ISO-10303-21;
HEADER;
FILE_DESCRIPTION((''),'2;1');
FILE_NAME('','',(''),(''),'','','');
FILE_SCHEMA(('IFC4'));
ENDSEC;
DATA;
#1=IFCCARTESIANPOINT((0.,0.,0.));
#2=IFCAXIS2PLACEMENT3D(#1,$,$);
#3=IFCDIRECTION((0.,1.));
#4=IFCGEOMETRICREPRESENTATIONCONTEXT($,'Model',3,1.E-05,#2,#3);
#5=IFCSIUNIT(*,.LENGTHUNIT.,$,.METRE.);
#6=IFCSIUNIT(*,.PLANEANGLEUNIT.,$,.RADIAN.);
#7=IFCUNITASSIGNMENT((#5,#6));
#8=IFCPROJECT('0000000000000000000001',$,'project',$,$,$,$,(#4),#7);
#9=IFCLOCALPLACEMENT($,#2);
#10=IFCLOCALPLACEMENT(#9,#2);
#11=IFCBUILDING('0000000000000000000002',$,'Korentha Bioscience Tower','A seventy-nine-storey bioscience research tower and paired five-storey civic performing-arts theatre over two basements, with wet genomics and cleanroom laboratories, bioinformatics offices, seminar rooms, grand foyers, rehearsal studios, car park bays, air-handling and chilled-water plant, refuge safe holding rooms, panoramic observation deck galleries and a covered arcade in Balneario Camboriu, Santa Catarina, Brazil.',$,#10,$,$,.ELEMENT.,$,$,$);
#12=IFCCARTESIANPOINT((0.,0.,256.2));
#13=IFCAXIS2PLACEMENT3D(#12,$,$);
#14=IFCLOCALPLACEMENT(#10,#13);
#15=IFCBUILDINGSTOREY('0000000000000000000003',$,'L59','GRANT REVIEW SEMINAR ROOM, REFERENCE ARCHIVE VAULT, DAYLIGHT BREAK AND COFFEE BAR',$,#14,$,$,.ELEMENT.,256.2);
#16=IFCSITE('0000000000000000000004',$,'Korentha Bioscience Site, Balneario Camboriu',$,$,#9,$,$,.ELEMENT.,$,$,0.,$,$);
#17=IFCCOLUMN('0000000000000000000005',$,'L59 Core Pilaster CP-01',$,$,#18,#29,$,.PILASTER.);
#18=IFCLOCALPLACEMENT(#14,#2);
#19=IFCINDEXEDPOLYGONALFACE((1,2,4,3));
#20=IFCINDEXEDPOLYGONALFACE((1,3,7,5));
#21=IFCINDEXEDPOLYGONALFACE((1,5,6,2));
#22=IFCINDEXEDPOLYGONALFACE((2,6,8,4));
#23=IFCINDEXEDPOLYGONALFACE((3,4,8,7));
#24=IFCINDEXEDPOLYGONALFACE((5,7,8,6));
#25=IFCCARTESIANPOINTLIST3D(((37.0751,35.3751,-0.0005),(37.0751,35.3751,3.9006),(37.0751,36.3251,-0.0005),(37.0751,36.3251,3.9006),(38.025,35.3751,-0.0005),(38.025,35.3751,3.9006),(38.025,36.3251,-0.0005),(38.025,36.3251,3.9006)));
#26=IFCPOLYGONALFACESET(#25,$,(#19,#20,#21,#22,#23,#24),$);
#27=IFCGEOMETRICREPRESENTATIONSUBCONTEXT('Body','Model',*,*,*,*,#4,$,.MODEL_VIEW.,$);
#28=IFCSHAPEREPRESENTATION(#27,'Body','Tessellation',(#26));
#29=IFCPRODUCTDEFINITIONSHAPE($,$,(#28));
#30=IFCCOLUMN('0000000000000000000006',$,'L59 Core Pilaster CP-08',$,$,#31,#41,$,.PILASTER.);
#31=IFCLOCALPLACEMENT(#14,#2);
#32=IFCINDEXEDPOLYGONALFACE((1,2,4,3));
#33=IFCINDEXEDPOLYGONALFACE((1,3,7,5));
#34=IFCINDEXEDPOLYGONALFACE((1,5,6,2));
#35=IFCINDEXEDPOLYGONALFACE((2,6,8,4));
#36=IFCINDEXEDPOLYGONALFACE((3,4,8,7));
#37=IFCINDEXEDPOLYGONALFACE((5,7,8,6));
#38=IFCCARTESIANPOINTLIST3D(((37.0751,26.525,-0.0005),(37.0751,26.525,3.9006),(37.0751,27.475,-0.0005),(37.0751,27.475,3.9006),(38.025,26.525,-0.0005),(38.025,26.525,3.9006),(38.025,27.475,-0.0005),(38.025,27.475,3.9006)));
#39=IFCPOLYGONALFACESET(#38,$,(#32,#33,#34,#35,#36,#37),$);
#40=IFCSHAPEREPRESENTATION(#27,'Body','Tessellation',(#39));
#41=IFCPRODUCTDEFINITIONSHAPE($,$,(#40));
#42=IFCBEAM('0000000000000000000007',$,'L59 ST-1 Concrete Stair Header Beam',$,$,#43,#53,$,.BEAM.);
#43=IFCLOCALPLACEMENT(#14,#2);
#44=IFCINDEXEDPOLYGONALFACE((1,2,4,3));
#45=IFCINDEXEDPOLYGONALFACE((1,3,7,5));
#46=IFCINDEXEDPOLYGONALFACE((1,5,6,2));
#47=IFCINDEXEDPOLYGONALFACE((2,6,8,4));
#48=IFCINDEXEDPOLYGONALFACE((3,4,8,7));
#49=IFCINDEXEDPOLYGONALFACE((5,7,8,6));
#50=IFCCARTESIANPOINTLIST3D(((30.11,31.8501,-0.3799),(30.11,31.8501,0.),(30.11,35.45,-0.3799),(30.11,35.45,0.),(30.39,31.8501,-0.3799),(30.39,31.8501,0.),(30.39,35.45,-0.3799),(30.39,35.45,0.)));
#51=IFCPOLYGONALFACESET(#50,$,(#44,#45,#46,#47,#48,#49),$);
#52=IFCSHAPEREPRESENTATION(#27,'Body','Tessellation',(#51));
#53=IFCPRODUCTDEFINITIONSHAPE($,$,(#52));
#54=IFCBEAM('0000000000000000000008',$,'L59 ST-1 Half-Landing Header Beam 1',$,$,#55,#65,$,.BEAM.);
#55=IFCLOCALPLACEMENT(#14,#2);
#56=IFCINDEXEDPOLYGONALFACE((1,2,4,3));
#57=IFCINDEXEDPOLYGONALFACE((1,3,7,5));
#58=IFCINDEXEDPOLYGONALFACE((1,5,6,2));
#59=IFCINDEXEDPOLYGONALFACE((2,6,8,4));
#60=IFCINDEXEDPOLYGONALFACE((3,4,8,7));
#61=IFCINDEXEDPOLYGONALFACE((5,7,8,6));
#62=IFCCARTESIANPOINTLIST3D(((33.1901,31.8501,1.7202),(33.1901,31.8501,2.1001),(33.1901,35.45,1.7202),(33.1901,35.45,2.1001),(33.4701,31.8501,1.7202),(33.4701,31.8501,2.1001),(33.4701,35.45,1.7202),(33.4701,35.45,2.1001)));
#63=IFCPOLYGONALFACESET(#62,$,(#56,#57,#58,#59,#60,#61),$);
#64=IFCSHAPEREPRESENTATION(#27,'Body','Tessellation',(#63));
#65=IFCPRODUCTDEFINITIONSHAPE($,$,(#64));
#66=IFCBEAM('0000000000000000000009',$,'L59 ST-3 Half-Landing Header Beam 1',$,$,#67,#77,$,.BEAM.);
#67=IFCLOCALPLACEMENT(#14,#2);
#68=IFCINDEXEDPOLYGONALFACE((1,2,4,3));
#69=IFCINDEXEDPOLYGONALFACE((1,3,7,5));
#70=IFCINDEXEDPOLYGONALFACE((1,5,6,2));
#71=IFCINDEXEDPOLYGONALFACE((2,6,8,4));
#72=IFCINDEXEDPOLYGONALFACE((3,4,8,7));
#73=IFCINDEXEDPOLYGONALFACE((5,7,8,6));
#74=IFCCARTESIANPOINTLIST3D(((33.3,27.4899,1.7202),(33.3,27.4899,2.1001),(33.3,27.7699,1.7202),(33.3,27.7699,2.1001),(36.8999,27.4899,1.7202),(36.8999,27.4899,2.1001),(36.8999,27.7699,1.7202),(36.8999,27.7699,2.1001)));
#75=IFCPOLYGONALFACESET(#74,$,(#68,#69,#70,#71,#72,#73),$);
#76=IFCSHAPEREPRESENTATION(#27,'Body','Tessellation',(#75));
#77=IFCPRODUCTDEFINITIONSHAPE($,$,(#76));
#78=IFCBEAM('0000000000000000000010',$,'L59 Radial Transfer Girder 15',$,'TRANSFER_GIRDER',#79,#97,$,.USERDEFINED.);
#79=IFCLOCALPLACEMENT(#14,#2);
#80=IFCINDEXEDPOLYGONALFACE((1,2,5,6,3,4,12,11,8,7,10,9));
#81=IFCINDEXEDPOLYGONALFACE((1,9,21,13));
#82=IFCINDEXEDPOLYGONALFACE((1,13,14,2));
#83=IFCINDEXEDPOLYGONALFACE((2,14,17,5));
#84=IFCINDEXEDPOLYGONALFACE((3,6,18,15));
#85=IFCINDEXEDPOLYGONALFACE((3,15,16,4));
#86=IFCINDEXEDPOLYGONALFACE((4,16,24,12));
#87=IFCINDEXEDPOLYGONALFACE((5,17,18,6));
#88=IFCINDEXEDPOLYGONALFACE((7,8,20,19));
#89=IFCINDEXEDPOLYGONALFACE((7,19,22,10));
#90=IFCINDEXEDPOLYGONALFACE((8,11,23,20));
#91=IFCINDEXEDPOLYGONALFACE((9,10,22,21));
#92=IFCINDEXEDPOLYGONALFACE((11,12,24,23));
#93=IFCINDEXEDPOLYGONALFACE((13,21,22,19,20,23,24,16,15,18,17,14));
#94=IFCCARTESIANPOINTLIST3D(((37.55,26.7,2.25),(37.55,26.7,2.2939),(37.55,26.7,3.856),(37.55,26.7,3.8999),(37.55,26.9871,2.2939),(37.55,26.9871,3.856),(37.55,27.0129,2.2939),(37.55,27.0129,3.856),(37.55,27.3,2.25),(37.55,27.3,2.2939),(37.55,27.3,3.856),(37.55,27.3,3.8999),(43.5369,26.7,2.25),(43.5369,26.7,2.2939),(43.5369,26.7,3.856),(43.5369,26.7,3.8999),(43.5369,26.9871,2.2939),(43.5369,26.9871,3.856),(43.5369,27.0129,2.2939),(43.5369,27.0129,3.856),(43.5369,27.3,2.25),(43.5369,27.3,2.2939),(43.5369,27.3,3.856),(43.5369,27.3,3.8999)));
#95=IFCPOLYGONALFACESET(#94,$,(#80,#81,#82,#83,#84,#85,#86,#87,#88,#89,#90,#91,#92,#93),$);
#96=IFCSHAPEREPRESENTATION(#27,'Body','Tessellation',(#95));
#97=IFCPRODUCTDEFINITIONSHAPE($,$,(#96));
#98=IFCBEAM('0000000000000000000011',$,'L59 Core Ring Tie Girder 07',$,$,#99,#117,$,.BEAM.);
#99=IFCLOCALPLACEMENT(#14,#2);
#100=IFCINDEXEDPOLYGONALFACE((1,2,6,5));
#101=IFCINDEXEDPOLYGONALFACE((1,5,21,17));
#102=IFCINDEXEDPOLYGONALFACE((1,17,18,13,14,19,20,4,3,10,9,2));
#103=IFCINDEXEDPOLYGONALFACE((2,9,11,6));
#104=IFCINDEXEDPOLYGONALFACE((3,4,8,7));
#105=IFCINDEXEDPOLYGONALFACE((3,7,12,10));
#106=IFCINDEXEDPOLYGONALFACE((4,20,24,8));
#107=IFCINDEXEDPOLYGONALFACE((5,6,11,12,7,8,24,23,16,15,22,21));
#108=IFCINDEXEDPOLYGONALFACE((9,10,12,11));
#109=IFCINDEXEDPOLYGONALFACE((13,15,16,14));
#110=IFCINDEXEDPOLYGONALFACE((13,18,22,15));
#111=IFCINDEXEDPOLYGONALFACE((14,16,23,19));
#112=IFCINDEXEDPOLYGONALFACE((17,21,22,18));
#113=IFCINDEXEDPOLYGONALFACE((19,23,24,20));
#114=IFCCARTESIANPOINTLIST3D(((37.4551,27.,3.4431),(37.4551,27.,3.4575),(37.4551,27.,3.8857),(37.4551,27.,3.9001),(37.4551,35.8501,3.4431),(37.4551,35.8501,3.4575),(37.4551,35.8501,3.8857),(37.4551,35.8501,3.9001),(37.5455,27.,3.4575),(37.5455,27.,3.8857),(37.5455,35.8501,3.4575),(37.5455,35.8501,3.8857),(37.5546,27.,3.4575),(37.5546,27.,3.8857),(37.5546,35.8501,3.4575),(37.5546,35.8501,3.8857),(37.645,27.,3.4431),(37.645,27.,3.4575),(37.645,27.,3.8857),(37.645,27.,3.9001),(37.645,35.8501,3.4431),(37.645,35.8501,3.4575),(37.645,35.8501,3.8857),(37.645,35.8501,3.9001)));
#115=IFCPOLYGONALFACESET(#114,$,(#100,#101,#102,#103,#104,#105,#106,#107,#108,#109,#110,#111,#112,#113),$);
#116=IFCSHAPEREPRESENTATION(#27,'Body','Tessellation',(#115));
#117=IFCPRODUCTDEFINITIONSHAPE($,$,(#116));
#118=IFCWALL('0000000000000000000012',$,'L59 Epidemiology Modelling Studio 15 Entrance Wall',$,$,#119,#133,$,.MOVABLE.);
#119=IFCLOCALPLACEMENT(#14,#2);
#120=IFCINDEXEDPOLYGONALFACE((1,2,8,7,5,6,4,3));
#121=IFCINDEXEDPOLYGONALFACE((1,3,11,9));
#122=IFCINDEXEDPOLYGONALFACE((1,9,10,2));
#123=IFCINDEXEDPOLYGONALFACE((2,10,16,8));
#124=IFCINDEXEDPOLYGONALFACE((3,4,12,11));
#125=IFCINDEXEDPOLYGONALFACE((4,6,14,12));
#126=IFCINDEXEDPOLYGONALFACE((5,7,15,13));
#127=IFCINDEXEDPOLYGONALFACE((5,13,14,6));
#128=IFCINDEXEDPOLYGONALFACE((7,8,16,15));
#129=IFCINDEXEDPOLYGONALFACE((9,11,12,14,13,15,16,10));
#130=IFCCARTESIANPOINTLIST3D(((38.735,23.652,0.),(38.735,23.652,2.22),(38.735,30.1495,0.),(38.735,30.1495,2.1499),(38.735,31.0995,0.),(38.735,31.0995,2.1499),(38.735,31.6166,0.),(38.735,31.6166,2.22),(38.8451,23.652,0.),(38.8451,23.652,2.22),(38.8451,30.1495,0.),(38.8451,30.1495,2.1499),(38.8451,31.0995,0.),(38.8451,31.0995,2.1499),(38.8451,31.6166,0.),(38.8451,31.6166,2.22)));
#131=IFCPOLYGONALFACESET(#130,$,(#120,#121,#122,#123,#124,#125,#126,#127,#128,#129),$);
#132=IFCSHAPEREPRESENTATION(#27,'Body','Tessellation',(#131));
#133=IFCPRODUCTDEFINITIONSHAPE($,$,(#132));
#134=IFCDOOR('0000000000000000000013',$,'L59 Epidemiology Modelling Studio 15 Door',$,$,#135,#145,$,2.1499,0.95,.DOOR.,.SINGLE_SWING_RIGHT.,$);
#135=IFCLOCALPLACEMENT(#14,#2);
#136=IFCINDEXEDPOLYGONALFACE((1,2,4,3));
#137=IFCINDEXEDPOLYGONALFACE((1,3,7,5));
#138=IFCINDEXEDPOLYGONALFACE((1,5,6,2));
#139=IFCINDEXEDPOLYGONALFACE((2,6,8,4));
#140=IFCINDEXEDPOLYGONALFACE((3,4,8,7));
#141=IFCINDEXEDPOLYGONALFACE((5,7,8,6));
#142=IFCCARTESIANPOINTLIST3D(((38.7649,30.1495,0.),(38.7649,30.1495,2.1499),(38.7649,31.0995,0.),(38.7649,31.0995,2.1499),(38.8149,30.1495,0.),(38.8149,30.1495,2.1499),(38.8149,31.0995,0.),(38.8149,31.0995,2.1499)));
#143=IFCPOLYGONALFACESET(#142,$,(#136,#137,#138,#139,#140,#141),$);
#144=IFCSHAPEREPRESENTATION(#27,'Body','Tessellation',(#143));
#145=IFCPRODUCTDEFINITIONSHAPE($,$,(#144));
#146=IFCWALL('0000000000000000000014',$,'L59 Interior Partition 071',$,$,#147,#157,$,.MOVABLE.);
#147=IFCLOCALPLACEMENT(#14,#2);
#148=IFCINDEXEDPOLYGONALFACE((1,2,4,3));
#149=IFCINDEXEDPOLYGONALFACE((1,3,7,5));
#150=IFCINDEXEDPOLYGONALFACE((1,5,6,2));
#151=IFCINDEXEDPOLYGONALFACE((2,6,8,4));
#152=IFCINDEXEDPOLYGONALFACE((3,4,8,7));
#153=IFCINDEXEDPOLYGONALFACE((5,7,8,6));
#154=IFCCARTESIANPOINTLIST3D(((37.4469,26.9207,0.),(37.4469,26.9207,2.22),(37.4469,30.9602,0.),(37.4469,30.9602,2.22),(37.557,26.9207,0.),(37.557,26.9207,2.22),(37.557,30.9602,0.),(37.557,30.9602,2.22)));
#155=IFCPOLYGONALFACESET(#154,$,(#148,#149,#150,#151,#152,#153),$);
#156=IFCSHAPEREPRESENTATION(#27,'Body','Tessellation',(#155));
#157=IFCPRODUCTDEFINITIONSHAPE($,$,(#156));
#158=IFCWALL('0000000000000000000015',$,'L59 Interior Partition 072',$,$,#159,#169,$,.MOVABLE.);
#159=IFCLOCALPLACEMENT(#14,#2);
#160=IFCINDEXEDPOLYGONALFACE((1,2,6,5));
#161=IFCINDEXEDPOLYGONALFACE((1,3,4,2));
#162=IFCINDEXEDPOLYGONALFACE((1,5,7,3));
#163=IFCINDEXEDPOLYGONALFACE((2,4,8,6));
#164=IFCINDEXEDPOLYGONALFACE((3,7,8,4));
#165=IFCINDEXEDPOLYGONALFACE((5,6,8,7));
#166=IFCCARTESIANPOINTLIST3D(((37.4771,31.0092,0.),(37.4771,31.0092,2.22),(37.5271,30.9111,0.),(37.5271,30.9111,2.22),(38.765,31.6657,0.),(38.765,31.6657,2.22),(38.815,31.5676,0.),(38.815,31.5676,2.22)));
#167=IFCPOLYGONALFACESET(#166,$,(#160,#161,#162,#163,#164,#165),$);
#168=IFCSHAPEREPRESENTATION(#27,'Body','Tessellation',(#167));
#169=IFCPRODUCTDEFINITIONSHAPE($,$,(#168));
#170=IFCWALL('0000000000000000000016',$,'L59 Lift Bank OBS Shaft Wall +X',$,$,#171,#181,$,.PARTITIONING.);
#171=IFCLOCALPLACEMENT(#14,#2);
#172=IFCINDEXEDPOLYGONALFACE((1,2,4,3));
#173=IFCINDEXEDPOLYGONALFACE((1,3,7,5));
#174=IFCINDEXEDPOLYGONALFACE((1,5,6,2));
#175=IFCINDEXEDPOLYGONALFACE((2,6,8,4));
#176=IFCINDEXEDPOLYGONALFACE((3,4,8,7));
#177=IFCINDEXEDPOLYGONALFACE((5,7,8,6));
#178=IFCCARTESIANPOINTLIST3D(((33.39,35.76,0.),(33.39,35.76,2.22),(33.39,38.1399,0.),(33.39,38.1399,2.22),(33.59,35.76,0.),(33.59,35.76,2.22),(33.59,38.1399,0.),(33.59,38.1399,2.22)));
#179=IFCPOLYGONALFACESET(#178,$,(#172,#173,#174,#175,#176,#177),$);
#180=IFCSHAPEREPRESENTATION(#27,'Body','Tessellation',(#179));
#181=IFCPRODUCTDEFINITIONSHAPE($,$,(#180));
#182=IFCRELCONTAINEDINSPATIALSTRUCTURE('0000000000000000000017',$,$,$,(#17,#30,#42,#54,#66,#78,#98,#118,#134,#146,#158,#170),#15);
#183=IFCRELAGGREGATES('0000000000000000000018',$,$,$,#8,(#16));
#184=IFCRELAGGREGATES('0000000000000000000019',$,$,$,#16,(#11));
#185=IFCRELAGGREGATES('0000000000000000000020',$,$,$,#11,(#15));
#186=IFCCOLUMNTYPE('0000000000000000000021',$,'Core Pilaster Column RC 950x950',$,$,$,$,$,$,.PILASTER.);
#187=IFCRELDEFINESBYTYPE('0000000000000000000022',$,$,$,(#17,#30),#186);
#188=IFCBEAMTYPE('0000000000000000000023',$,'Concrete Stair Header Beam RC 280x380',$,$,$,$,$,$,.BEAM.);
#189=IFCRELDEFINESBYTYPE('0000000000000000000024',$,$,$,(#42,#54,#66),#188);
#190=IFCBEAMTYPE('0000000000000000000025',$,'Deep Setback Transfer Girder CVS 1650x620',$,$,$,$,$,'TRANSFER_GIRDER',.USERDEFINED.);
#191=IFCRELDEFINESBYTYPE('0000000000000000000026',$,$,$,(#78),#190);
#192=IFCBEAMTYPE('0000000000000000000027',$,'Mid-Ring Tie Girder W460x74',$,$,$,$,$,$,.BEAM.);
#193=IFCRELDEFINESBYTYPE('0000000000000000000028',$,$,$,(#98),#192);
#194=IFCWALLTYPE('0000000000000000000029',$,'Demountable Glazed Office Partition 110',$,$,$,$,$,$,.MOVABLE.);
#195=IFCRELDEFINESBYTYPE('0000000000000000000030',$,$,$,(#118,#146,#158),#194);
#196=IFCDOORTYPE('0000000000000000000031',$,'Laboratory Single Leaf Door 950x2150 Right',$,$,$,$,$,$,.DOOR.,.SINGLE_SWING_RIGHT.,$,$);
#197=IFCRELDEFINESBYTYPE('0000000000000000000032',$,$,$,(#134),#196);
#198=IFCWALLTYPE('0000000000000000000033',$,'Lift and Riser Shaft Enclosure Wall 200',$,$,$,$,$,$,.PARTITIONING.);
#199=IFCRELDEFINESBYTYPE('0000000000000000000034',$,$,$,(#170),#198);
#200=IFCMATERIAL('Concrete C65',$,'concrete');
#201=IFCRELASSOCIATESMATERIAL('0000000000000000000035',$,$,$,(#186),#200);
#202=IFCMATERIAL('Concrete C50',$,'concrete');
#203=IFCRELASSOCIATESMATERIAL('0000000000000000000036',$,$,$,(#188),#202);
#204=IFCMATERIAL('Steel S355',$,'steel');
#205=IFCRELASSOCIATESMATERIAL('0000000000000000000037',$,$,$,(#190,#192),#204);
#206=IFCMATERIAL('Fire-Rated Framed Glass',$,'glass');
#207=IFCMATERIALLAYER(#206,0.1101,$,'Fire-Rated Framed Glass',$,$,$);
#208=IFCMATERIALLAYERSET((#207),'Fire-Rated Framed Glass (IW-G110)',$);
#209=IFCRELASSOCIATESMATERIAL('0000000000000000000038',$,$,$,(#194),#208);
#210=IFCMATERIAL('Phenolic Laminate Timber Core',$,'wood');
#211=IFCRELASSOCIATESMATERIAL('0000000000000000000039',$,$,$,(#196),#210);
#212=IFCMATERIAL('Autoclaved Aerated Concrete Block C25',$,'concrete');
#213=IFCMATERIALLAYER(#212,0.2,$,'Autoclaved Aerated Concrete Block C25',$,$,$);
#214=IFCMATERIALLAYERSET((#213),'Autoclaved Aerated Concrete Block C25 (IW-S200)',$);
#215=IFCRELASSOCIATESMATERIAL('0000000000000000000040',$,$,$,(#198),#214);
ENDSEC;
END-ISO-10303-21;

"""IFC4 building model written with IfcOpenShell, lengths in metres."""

from ifc_helpers import new_model, si_unit, direction, frame, frame_2d, origin, origin_2d, place, context, subcontext, project, spatial, rectangle, i_section, extrude, material, layer, layer_set, material_profile, profile_set, type_object, element, fill, save


model = new_model("IFC4")

# Units and contexts
model_context = context("Model", 3, precision=1e-05, world=origin(), true_north=direction((0.0, 1.0)))
body_context = subcontext(model_context, "Body", "Model", "MODEL_VIEW")
ifc_project = project(units=[si_unit("LENGTHUNIT", "METRE"), si_unit("PLANEANGLEUNIT", "RADIAN")], contexts=[model_context])

# Site, building, storey
site_placement = place(None, origin())
site = spatial("IfcSite", under=ifc_project, at=site_placement, Name="Korentha Bioscience Site, Balneario Camboriu", CompositionType="ELEMENT", RefElevation=0.0)
building_placement = place(site_placement, origin())
building = spatial("IfcBuilding", under=site, at=building_placement, Name="Korentha Bioscience Tower", Description="A seventy-nine-storey bioscience research tower and paired five-storey civic performing-arts theatre over two basements, with wet genomics and cleanroom laboratories, bioinformatics offices, seminar rooms, grand foyers, rehearsal studios, car park bays, air-handling and chilled-water plant, refuge safe holding rooms, panoramic observation deck galleries and a covered arcade in Balneario Camboriu, Santa Catarina, Brazil.", CompositionType="ELEMENT")
storey_placement = place(building_placement, frame((0.0, 0.0, 256.2)))
storey = spatial("IfcBuildingStorey", under=building, at=storey_placement, Name="L59", Description="GRANT REVIEW SEMINAR ROOM, REFERENCE ARCHIVE VAULT, DAYLIGHT BREAK AND COFFEE BAR", CompositionType="ELEMENT", Elevation=256.2)

# Columns
ifc_material_1 = material(Name="Concrete C65", Category="concrete")
ifc_material_profile_1 = material_profile(ifc_material_1, rectangle(XDim=0.95, YDim=0.95, at=origin_2d()), Name="Concrete C65")
ifc_profile_set_1 = profile_set([ifc_material_profile_1], Name="Concrete C65 (COL-CP09)")
column_type = type_object("IfcColumnType", Name="Core Pilaster Column RC 950x950", PredefinedType="PILASTER", material=ifc_profile_set_1)
for number, where, z_axis, x_axis, name in (
    (1, (37.55, 35.8501, -0.0005), (0.0, 0.0, 1.0), (1.0, 0.0, 0.0), "L59 Core Pilaster CP-01"),
    (2, (37.55, 27.0, -0.0005), (0.0, 0.0, 1.0), (1.0, 0.0, 0.0), "L59 Core Pilaster CP-08"),
):
    element("IfcColumn", number, at=place(storey_placement, frame(where, z_axis=z_axis, x_axis=x_axis)), inside=storey, type_object=column_type, Name=name, PredefinedType="PILASTER", context=body_context, shape_type="SweptSolid", body=[
        extrude(rectangle(XDim=0.95, YDim=0.95, at=origin_2d()), origin(), (0.0, 0.0, 1.0), 3.9011),
    ])

# Beams
ifc_material_2 = material(Name="Concrete C50", Category="concrete")
ifc_material_profile_2 = material_profile(ifc_material_2, rectangle(XDim=0.28, YDim=0.3799, at=origin_2d()), Name="Concrete C50")
ifc_profile_set_2 = profile_set([ifc_material_profile_2], Name="Concrete C50 (ST-HB380)")
beam_type_1 = type_object("IfcBeamType", Name="Concrete Stair Header Beam RC 280x380", PredefinedType="BEAM", material=ifc_profile_set_2)
for number, where, z_axis, x_axis, name in (
    (3, (30.25, 31.8501, -0.1899), (0.0, 1.0, 0.0), (-1.0, 0.0, 0.0), "L59 ST-1 Concrete Stair Header Beam"),
    (4, (33.3301, 31.8501, 1.9102), (0.0, 1.0, 0.0), (-1.0, 0.0, 0.0), "L59 ST-1 Half-Landing Header Beam 1"),
    (5, (36.8999, 27.6299, 1.9102), (-1.0, 0.0, 0.0), (0.0, -1.0, 0.0), "L59 ST-3 Half-Landing Header Beam 1"),
):
    element("IfcBeam", number, at=place(storey_placement, frame(where, z_axis=z_axis, x_axis=x_axis)), inside=storey, type_object=beam_type_1, Name=name, PredefinedType="BEAM", context=body_context, shape_type="SweptSolid", body=[
        extrude(rectangle(XDim=0.28, YDim=0.3799, at=origin_2d()), origin(), (0.0, 0.0, 1.0), 3.5999),
    ])
ifc_material_3 = material(Name="Steel S355", Category="steel")
ifc_material_profile_3 = material_profile(ifc_material_3, i_section(OverallWidth=0.6001, OverallDepth=1.6499, WebThickness=0.0259, FlangeThickness=0.0439, at=origin_2d()), Name="Steel S355")
ifc_profile_set_3 = profile_set([ifc_material_profile_3], Name="Steel S355 (TG-04)")
beam_type_2 = type_object("IfcBeamType", Name="Deep Setback Transfer Girder CVS 1650x620", ElementType="TRANSFER_GIRDER", PredefinedType="USERDEFINED", material=ifc_profile_set_3)
beam_1_placement = place(storey_placement, frame((37.55, 27.0, 3.075), z_axis=(1.0, 0.0, 0.0), x_axis=(0.0, 1.0, 0.0)))
element("IfcBeam", 6, at=beam_1_placement, inside=storey, type_object=beam_type_2, Name="L59 Radial Transfer Girder 15", ObjectType="TRANSFER_GIRDER", PredefinedType="USERDEFINED", context=body_context, shape_type="SweptSolid", body=[
    extrude(i_section(OverallWidth=0.6001, OverallDepth=1.6499, WebThickness=0.0259, FlangeThickness=0.0439, at=origin_2d()), origin(), (0.0, 0.0, 1.0), 5.9868),
])
ifc_material_profile_4 = material_profile(ifc_material_3, i_section(OverallWidth=0.1899, OverallDepth=0.457, WebThickness=0.009, FlangeThickness=0.0144, at=origin_2d()), Name="Steel S355")
ifc_profile_set_4 = profile_set([ifc_material_profile_4], Name="Steel S355 (MB-460)")
beam_type_3 = type_object("IfcBeamType", Name="Mid-Ring Tie Girder W460x74", PredefinedType="BEAM", material=ifc_profile_set_4)
beam_2_placement = place(storey_placement, frame((37.55, 27.0, 3.6716), z_axis=(0.0, 1.0, 0.0), x_axis=(-1.0, 0.0, 0.0)))
element("IfcBeam", 7, at=beam_2_placement, inside=storey, type_object=beam_type_3, Name="L59 Core Ring Tie Girder 07", PredefinedType="BEAM", context=body_context, shape_type="SweptSolid", body=[
    extrude(i_section(OverallWidth=0.1899, OverallDepth=0.457, WebThickness=0.009, FlangeThickness=0.0144, at=origin_2d()), origin(), (0.0, 0.0, 1.0), 8.8501),
])

# Wall, opening, door
ifc_material_4 = material(Name="Fire-Rated Framed Glass", Category="glass")
ifc_layer_1 = layer(ifc_material_4, 0.1101, Name="Fire-Rated Framed Glass")
ifc_layer_set_1 = layer_set([ifc_layer_1], Name="Fire-Rated Framed Glass (IW-G110)")
wall_type_1 = type_object("IfcWallType", Name="Demountable Glazed Office Partition 110", PredefinedType="MOVABLE", material=ifc_layer_set_1)
wall_1_placement = place(storey_placement, frame((38.79, 31.6167, 0.0), z_axis=(0.0, 0.0, 1.0), x_axis=(0.0, -1.0, 0.0)))
wall_1 = element("IfcWall", 8, at=wall_1_placement, inside=storey, type_object=wall_type_1, Name="L59 Epidemiology Modelling Studio 15 Entrance Wall", PredefinedType="MOVABLE", context=body_context, shape_type="SweptSolid", body=[
    extrude(rectangle(XDim=7.9646, YDim=0.1101, at=frame_2d((3.9824, 0.0))), origin(), (0.0, 0.0, 1.0), 2.22),
])
opening_placement = place(wall_1_placement, frame((0.5171, 0.0, 0.0)))
opening = element("IfcOpeningElement", 9, at=opening_placement, cuts=wall_1, PredefinedType="OPENING", context=body_context, shape_type="SweptSolid", body=[
    extrude(rectangle(XDim=0.95, YDim=2.1499, at=frame_2d((0.4751, 1.075))), frame((0.0, 0.0698, 0.0), z_axis=(0.0, -1.0, 0.0), x_axis=(1.0, 0.0, 0.0)), (0.0, 0.0, 1.0), 0.1399),
])
ifc_material_5 = material(Name="Phenolic Laminate Timber Core", Category="wood")
door_type = type_object("IfcDoorType", Name="Laboratory Single Leaf Door 950x2150 Right", OperationType="SINGLE_SWING_RIGHT", PredefinedType="DOOR", material=ifc_material_5)
door_placement = place(opening_placement, origin())
door = element("IfcDoor", 10, at=door_placement, inside=storey, type_object=door_type, Name="L59 Epidemiology Modelling Studio 15 Door", OperationType="SINGLE_SWING_RIGHT", OverallHeight=2.1499, OverallWidth=0.95, PredefinedType="DOOR", context=body_context, shape_type="SweptSolid", body=[
    extrude(rectangle(XDim=0.95, YDim=2.1499, at=frame_2d((0.4751, 1.075))), frame((0.0, 0.0249, 0.0), z_axis=(0.0, -1.0, 0.0), x_axis=(1.0, 0.0, 0.0)), (0.0, 0.0, 1.0), 0.05),
])
fill(opening, door)

# Walls
wall_2_placement = place(storey_placement, frame((37.502, 26.9207, 0.0), z_axis=(0.0, 0.0, 1.0), x_axis=(0.0, 1.0, 0.0)))
element("IfcWall", 11, at=wall_2_placement, inside=storey, type_object=wall_type_1, Name="L59 Interior Partition 071", PredefinedType="MOVABLE", context=body_context, shape_type="SweptSolid", body=[
    extrude(rectangle(XDim=4.0396, YDim=0.1101, at=frame_2d((2.0198, 0.0))), origin(), (0.0, 0.0, 1.0), 2.22),
])
wall_3_placement = place(storey_placement, frame((37.5022, 30.9602, 0.0), z_axis=(0.0, 0.0, 1.0), x_axis=(0.890921, 0.454159, 0.0)))
element("IfcWall", 12, at=wall_3_placement, inside=storey, type_object=wall_type_1, Name="L59 Interior Partition 072", PredefinedType="MOVABLE", context=body_context, shape_type="SweptSolid", body=[
    extrude(rectangle(XDim=1.4456, YDim=0.1101, at=frame_2d((0.7227, 0.0))), origin(), (0.0, 0.0, 1.0), 2.22),
])
ifc_material_6 = material(Name="Autoclaved Aerated Concrete Block C25", Category="concrete")
ifc_layer_2 = layer(ifc_material_6, 0.2, Name="Autoclaved Aerated Concrete Block C25")
ifc_layer_set_2 = layer_set([ifc_layer_2], Name="Autoclaved Aerated Concrete Block C25 (IW-S200)")
wall_type_2 = type_object("IfcWallType", Name="Lift and Riser Shaft Enclosure Wall 200", PredefinedType="PARTITIONING", material=ifc_layer_set_2)
wall_4_placement = place(storey_placement, frame((33.49, 35.76, 0.0), z_axis=(0.0, 0.0, 1.0), x_axis=(0.0, 1.0, 0.0)))
element("IfcWall", 13, at=wall_4_placement, inside=storey, type_object=wall_type_2, Name="L59 Lift Bank OBS Shaft Wall +X", PredefinedType="PARTITIONING", context=body_context, shape_type="SweptSolid", body=[
    extrude(rectangle(XDim=2.3799, YDim=0.2, at=frame_2d((1.1899, 0.0))), origin(), (0.0, 0.0, 1.0), 2.22),
])

save(model, "model.ifc")
